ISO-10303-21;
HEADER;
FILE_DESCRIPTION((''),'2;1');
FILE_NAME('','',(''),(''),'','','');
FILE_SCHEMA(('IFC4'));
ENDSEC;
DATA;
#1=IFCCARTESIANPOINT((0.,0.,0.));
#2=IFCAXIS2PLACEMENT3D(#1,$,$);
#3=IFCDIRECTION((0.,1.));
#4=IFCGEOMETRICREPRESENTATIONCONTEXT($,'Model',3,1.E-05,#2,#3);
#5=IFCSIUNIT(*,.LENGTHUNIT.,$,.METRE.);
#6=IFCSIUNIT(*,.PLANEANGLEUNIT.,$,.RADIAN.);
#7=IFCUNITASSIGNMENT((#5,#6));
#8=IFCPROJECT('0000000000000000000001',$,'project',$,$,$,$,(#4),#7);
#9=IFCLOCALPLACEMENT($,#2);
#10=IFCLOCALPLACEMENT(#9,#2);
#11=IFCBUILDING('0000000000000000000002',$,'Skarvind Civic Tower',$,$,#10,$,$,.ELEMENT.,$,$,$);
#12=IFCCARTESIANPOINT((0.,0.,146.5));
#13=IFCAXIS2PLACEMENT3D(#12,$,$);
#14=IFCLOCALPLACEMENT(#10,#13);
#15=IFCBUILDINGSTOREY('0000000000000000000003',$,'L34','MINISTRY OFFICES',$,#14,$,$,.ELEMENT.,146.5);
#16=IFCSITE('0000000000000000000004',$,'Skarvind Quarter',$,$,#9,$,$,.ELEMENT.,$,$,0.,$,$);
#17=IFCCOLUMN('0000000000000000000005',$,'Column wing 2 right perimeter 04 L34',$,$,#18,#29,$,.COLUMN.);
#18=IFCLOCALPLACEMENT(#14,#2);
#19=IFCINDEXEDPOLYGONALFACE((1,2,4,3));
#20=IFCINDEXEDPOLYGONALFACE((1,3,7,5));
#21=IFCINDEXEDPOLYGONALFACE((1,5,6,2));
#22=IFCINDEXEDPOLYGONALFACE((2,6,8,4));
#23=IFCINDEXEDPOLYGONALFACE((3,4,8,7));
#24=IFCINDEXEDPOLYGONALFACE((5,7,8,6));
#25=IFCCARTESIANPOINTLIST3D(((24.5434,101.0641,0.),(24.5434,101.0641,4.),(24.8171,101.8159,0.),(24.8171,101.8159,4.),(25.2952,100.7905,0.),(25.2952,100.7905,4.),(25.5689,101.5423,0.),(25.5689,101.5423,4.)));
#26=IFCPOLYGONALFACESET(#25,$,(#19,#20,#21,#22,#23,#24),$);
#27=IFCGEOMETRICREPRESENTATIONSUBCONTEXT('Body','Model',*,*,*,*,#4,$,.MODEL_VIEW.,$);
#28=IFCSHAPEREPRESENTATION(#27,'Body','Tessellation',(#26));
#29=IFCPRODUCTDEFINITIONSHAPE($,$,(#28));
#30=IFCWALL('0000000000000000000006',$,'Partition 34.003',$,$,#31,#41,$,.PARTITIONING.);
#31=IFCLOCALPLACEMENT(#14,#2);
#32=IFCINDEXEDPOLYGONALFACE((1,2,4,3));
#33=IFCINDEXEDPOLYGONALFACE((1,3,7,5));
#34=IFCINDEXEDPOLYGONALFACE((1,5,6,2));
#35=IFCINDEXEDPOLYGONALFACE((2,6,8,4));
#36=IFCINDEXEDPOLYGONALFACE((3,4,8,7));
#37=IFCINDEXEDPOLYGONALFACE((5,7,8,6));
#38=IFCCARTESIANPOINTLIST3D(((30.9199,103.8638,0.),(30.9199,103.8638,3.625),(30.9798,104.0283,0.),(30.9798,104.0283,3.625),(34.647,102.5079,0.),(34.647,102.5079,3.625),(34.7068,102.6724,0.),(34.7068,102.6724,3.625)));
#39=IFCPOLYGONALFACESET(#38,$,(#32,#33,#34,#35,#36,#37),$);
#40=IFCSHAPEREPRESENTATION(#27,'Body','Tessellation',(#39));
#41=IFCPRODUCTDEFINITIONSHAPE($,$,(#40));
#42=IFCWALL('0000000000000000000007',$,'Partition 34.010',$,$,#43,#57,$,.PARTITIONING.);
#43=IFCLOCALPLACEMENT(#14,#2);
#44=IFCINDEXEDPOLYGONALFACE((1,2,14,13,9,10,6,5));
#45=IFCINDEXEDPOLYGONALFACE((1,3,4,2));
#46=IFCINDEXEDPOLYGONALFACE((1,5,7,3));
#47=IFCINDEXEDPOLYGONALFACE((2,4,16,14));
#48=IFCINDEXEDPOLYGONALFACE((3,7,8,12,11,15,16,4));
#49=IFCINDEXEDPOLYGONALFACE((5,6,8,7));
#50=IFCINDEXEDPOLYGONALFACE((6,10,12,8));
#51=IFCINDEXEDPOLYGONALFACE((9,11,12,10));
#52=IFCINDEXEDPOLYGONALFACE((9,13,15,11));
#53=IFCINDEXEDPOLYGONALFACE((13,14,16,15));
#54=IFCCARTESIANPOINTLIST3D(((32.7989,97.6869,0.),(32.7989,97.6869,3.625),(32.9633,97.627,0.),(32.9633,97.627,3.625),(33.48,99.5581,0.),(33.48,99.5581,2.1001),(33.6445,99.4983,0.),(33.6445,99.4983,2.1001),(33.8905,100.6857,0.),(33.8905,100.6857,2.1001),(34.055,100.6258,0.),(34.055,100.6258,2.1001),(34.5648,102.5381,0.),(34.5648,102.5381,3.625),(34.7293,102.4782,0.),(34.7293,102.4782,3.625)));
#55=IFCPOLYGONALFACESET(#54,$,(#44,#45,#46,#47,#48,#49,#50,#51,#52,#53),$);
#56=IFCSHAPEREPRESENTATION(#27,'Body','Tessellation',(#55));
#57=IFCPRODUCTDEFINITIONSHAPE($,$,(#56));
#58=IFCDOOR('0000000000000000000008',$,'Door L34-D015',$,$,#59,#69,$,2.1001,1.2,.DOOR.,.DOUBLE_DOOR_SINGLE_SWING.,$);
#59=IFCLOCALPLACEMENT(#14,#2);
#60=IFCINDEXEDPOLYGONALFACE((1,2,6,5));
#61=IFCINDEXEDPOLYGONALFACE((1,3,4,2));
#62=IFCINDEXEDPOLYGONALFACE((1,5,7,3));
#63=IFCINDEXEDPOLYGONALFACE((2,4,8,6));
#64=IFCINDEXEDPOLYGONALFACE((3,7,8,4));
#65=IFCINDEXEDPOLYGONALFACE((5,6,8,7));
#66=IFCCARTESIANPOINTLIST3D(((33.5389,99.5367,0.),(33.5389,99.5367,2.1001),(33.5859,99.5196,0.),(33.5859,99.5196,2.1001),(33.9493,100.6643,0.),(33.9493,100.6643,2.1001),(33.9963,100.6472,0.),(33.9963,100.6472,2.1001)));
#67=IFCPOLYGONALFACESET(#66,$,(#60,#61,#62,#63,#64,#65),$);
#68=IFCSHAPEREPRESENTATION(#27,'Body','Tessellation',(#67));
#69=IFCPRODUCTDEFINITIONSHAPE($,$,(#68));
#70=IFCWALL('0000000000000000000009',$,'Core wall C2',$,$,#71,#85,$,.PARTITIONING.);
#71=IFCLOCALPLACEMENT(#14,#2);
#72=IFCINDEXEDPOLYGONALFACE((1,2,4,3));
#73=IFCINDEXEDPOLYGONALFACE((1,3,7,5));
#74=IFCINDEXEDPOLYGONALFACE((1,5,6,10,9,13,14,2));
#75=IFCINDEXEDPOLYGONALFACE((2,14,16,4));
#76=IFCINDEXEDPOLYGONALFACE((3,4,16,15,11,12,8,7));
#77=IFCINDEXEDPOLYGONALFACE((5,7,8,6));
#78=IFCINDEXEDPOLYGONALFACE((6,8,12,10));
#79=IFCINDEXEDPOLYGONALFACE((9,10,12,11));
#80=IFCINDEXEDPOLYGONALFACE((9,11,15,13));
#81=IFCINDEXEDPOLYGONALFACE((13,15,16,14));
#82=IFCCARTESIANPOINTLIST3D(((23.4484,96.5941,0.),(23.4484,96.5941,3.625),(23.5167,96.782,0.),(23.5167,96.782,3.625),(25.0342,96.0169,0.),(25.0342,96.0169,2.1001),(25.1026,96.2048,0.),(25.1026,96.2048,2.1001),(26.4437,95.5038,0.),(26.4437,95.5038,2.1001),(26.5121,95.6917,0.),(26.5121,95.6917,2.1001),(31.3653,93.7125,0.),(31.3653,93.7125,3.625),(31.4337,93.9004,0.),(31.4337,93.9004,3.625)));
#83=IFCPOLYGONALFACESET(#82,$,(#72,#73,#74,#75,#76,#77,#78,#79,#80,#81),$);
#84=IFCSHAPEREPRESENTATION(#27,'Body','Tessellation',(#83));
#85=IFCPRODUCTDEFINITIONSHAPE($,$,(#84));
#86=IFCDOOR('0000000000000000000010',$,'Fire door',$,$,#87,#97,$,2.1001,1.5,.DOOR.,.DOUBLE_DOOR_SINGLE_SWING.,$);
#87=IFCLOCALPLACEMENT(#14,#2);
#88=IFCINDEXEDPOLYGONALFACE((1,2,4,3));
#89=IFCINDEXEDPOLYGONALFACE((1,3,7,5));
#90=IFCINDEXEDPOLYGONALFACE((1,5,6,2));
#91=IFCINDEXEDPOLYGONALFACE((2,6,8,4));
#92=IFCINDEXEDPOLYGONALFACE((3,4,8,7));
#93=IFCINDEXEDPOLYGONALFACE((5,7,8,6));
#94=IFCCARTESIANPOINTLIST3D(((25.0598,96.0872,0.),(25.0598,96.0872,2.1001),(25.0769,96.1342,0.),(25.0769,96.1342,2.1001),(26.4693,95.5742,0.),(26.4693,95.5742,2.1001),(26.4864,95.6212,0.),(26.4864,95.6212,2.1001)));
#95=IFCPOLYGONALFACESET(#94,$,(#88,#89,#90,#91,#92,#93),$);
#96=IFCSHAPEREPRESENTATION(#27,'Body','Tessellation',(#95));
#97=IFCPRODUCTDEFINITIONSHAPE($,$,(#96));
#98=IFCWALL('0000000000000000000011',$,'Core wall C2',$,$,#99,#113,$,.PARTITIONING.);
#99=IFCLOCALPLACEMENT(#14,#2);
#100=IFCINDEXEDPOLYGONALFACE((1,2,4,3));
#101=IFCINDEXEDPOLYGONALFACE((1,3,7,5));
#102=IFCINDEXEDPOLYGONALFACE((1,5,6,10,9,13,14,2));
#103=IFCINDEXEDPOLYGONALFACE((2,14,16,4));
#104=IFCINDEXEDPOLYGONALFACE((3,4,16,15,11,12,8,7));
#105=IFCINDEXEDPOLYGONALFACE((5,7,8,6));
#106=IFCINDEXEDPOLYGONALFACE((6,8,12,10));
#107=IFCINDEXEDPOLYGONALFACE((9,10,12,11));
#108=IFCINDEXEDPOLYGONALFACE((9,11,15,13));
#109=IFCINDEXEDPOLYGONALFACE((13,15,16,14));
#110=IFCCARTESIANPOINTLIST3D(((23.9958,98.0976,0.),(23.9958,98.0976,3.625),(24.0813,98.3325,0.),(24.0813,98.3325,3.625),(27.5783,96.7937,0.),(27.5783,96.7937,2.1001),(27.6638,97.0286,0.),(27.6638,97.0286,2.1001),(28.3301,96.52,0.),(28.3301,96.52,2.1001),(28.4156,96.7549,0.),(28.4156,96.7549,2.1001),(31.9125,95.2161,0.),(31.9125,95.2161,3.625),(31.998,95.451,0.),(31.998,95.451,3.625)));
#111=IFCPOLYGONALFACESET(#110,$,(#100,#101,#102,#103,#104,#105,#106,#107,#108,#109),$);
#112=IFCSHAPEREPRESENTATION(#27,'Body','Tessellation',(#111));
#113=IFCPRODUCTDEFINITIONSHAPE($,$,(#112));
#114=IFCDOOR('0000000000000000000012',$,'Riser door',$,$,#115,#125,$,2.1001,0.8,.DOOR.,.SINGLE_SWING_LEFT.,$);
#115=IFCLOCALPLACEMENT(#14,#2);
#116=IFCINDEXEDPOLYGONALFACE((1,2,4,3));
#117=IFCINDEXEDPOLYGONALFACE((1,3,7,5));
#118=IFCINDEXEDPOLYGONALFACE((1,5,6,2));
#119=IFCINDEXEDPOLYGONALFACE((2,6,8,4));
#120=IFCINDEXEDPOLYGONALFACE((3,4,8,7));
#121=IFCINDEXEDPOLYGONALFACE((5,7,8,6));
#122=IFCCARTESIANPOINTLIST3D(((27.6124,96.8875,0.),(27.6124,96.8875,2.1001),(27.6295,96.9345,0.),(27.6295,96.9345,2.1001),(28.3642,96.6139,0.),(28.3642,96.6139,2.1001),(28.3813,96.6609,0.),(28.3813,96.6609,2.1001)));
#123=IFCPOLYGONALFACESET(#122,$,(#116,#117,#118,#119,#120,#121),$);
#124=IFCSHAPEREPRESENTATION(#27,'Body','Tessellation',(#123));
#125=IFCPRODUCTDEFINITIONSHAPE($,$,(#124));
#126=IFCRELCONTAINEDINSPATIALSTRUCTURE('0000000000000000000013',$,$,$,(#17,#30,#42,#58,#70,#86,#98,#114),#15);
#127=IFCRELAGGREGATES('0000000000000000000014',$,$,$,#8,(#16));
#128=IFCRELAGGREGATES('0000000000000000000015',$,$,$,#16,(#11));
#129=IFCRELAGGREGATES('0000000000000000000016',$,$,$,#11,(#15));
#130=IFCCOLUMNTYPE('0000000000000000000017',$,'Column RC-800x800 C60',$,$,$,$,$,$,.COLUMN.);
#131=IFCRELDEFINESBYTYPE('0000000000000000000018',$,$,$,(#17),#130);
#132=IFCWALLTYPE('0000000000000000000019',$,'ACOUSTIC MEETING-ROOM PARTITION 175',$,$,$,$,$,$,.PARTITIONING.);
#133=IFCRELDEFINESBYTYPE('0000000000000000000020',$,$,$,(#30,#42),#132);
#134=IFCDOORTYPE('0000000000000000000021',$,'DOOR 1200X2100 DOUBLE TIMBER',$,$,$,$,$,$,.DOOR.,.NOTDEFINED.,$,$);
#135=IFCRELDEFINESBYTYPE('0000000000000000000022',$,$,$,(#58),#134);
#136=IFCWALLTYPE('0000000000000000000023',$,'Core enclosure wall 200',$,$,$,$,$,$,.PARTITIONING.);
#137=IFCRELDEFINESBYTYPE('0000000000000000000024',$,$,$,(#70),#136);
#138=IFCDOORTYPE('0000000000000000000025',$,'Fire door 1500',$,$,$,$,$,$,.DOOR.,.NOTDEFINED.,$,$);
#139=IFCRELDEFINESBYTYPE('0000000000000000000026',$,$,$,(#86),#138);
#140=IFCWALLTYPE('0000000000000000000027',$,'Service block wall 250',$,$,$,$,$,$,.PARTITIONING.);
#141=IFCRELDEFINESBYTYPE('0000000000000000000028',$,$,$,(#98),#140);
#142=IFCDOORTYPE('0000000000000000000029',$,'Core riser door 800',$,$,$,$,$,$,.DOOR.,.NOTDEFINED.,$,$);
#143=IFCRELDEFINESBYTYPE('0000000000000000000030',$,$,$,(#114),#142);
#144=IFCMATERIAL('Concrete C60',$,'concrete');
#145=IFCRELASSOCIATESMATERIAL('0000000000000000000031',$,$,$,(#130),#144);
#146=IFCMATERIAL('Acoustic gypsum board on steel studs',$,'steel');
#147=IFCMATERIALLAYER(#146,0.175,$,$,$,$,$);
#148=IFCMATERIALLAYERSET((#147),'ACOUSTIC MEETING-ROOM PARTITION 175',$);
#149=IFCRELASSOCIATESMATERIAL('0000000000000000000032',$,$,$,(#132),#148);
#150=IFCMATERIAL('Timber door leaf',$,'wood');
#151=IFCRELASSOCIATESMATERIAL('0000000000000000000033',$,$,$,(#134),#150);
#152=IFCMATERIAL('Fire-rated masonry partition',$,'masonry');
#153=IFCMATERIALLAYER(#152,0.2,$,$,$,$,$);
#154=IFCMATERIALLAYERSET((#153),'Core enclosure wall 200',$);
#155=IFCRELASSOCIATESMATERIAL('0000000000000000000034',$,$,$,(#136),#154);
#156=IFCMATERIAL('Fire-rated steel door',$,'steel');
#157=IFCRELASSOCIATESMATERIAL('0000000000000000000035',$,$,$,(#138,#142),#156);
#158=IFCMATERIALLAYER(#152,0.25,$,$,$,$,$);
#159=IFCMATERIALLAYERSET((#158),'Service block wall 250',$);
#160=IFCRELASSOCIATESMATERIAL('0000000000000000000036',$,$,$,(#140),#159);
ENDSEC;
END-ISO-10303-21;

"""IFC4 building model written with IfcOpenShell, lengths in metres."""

from ifc_helpers import new_model, si_unit, direction, frame, frame_2d, origin, origin_2d, place, context, subcontext, project, spatial, rectangle, extrude, material, layer, layer_set, material_profile, profile_set, type_object, element, fill, save


model = new_model("IFC4")

# Units and contexts
model_context = context("Model", 3, precision=1e-05, world=origin(), true_north=direction((0.0, 1.0)))
body_context = subcontext(model_context, "Body", "Model", "MODEL_VIEW")
ifc_project = project(units=[si_unit("LENGTHUNIT", "METRE"), si_unit("PLANEANGLEUNIT", "RADIAN")], contexts=[model_context])

# Site, building, storey
site_placement = place(None, origin())
site = spatial("IfcSite", under=ifc_project, at=site_placement, Name="Skarvind Quarter", CompositionType="ELEMENT", RefElevation=0.0)
building_placement = place(site_placement, origin())
building = spatial("IfcBuilding", under=site, at=building_placement, Name="Skarvind Civic Tower", CompositionType="ELEMENT")
storey_placement = place(building_placement, frame((0.0, 0.0, 146.5)))
storey = spatial("IfcBuildingStorey", under=building, at=storey_placement, Name="L34", Description="MINISTRY OFFICES", CompositionType="ELEMENT", Elevation=146.5)

# Column
ifc_material_1 = material(Name="Concrete C60", Category="concrete")
ifc_material_profile = material_profile(ifc_material_1, rectangle(XDim=0.8, YDim=0.8, at=origin_2d()), Name="RC-800x800")
ifc_profile_set = profile_set([ifc_material_profile], Name="Concrete C60")
column_type = type_object("IfcColumnType", Name="Column RC-800x800 C60", PredefinedType="COLUMN", material=ifc_profile_set)
column_placement = place(storey_placement, frame((25.0562, 101.3032, 0.0), z_axis=(0.0, 0.0, 1.0), x_axis=(-0.34202, -0.939693, 0.0)))
element("IfcColumn", 1, at=column_placement, inside=storey, type_object=column_type, Name="Column wing 2 right perimeter 04 L34", PredefinedType="COLUMN", context=body_context, shape_type="SweptSolid", body=[
    extrude(rectangle(XDim=0.8, YDim=0.8, at=origin_2d()), origin(), (0.0, 0.0, 1.0), 4.0),
])

# Wall
ifc_material_2 = material(Name="Acoustic gypsum board on steel studs", Category="steel")
ifc_layer_1 = layer(ifc_material_2, 0.175)
ifc_layer_set_1 = layer_set([ifc_layer_1], Name="ACOUSTIC MEETING-ROOM PARTITION 175")
wall_type_1 = type_object("IfcWallType", Name="ACOUSTIC MEETING-ROOM PARTITION 175", PredefinedType="PARTITIONING", material=ifc_layer_set_1)
wall_1_placement = place(storey_placement, frame((30.95, 103.946, 0.0), z_axis=(0.0, 0.0, 1.0), x_axis=(0.939739, -0.341891, 0.0)))
element("IfcWall", 2, at=wall_1_placement, inside=storey, type_object=wall_type_1, Name="Partition 34.003", PredefinedType="PARTITIONING", context=body_context, shape_type="SweptSolid", body=[
    extrude(rectangle(XDim=3.9661, YDim=0.175, at=frame_2d((1.9829, 0.0))), origin(), (0.0, 0.0, 1.0), 3.625),
])

# Walls, openings, doors
wall_2_placement = place(storey_placement, frame((32.8811, 97.657, 0.0), z_axis=(0.0, 0.0, 1.0), x_axis=(0.342058, 0.939679, 0.0)))
wall_2 = element("IfcWall", 3, at=wall_2_placement, inside=storey, type_object=wall_type_1, Name="Partition 34.010", PredefinedType="PARTITIONING", context=body_context, shape_type="SweptSolid", body=[
    extrude(rectangle(XDim=5.1626, YDim=0.175, at=frame_2d((2.5813, 0.0))), origin(), (0.0, 0.0, 1.0), 3.625),
])
opening_1_placement = place(wall_2_placement, frame((1.9912, 0.0, 0.0)))
opening_1 = element("IfcOpeningElement", 4, at=opening_1_placement, cuts=wall_2, PredefinedType="OPENING", context=body_context, shape_type="SweptSolid", body=[
    extrude(rectangle(XDim=1.2, YDim=2.1001, at=frame_2d((0.6001, 1.05))), frame((0.0, 0.0974, 0.0), z_axis=(0.0, -1.0, 0.0), x_axis=(1.0, 0.0, 0.0)), (0.0, 0.0, 1.0), 0.1951),
])
ifc_material_3 = material(Name="Timber door leaf", Category="wood")
door_type_1 = type_object("IfcDoorType", Name="DOOR 1200X2100 DOUBLE TIMBER", OperationType="NOTDEFINED", PredefinedType="DOOR", material=ifc_material_3)
door_1_placement = place(opening_1_placement, origin())
door_1 = element("IfcDoor", 5, at=door_1_placement, inside=storey, type_object=door_type_1, Name="Door L34-D015", OperationType="DOUBLE_DOOR_SINGLE_SWING", OverallHeight=2.1001, OverallWidth=1.2, PredefinedType="DOOR", context=body_context, shape_type="SweptSolid", body=[
    extrude(rectangle(XDim=1.2, YDim=2.1001, at=frame_2d((0.6001, 1.05))), frame((0.0, 0.0249, 0.0), z_axis=(0.0, -1.0, 0.0), x_axis=(1.0, 0.0, 0.0)), (0.0, 0.0, 1.0), 0.05),
])
fill(opening_1, door_1)
ifc_material_4 = material(Name="Fire-rated masonry partition", Category="masonry")
ifc_layer_2 = layer(ifc_material_4, 0.2)
ifc_layer_set_2 = layer_set([ifc_layer_2], Name="Core enclosure wall 200")
wall_type_2 = type_object("IfcWallType", Name="Core enclosure wall 200", PredefinedType="PARTITIONING", material=ifc_layer_set_2)
wall_3_placement = place(storey_placement, frame((23.4827, 96.688, 0.0), z_axis=(0.0, 0.0, 1.0), x_axis=(0.939691, -0.342025, 0.0)))
wall_3 = element("IfcWall", 6, at=wall_3_placement, inside=storey, type_object=wall_type_2, Name="Core wall C2", PredefinedType="PARTITIONING", context=body_context, shape_type="SweptSolid", body=[
    extrude(rectangle(XDim=8.425, YDim=0.2, at=frame_2d((4.2124, 0.0))), origin(), (0.0, 0.0, 1.0), 3.625),
])
opening_2_placement = place(wall_3_placement, frame((1.6875, 0.0, 0.0)))
opening_2 = element("IfcOpeningElement", 7, at=opening_2_placement, cuts=wall_3, PredefinedType="OPENING", context=body_context, shape_type="SweptSolid", body=[
    extrude(rectangle(XDim=1.5, YDim=2.1001, at=frame_2d((0.75, 1.05))), frame((0.0, 0.1099, 0.0), z_axis=(0.0, -1.0, 0.0), x_axis=(1.0, 0.0, 0.0)), (0.0, 0.0, 1.0), 0.22),
])
ifc_material_5 = material(Name="Fire-rated steel door", Category="steel")
door_type_2 = type_object("IfcDoorType", Name="Fire door 1500", OperationType="NOTDEFINED", PredefinedType="DOOR", material=ifc_material_5)
door_2_placement = place(opening_2_placement, origin())
door_2 = element("IfcDoor", 8, at=door_2_placement, inside=storey, type_object=door_type_2, Name="Fire door", OperationType="DOUBLE_DOOR_SINGLE_SWING", OverallHeight=2.1001, OverallWidth=1.5, PredefinedType="DOOR", context=body_context, shape_type="SweptSolid", body=[
    extrude(rectangle(XDim=1.5, YDim=2.1001, at=frame_2d((0.75, 1.05))), frame((0.0, 0.0249, 0.0), z_axis=(0.0, -1.0, 0.0), x_axis=(1.0, 0.0, 0.0)), (0.0, 0.0, 1.0), 0.05),
])
fill(opening_2, door_2)
ifc_layer_3 = layer(ifc_material_4, 0.25)
ifc_layer_set_3 = layer_set([ifc_layer_3], Name="Service block wall 250")
wall_type_3 = type_object("IfcWallType", Name="Service block wall 250", PredefinedType="PARTITIONING", material=ifc_layer_set_3)
wall_4_placement = place(storey_placement, frame((24.0386, 98.2151, 0.0), z_axis=(0.0, 0.0, 1.0), x_axis=(0.939688, -0.342034, 0.0)))
wall_4 = element("IfcWall", 9, at=wall_4_placement, inside=storey, type_object=wall_type_3, Name="Core wall C2", PredefinedType="PARTITIONING", context=body_context, shape_type="SweptSolid", body=[
    extrude(rectangle(XDim=8.4248, YDim=0.25, at=frame_2d((4.2124, 0.0))), origin(), (0.0, 0.0, 1.0), 3.625),
])
opening_3_placement = place(wall_4_placement, frame((3.8125, 0.0, 0.0)))
opening_3 = element("IfcOpeningElement", 10, at=opening_3_placement, cuts=wall_4, PredefinedType="OPENING", context=body_context, shape_type="SweptSolid", body=[
    extrude(rectangle(XDim=0.8, YDim=2.1001, at=frame_2d((0.3999, 1.05))), frame((0.0, 0.135, 0.0), z_axis=(0.0, -1.0, 0.0), x_axis=(1.0, 0.0, 0.0)), (0.0, 0.0, 1.0), 0.27),
])
door_type_3 = type_object("IfcDoorType", Name="Core riser door 800", OperationType="NOTDEFINED", PredefinedType="DOOR", material=ifc_material_5)
door_3_placement = place(opening_3_placement, origin())
door_3 = element("IfcDoor", 11, at=door_3_placement, inside=storey, type_object=door_type_3, Name="Riser door", OperationType="SINGLE_SWING_LEFT", OverallHeight=2.1001, OverallWidth=0.8, PredefinedType="DOOR", context=body_context, shape_type="SweptSolid", body=[
    extrude(rectangle(XDim=0.8, YDim=2.1001, at=frame_2d((0.3999, 1.05))), frame((0.0, 0.0249, 0.0), z_axis=(0.0, -1.0, 0.0), x_axis=(1.0, 0.0, 0.0)), (0.0, 0.0, 1.0), 0.05),
])
fill(opening_3, door_3)

save(model, "model.ifc")
